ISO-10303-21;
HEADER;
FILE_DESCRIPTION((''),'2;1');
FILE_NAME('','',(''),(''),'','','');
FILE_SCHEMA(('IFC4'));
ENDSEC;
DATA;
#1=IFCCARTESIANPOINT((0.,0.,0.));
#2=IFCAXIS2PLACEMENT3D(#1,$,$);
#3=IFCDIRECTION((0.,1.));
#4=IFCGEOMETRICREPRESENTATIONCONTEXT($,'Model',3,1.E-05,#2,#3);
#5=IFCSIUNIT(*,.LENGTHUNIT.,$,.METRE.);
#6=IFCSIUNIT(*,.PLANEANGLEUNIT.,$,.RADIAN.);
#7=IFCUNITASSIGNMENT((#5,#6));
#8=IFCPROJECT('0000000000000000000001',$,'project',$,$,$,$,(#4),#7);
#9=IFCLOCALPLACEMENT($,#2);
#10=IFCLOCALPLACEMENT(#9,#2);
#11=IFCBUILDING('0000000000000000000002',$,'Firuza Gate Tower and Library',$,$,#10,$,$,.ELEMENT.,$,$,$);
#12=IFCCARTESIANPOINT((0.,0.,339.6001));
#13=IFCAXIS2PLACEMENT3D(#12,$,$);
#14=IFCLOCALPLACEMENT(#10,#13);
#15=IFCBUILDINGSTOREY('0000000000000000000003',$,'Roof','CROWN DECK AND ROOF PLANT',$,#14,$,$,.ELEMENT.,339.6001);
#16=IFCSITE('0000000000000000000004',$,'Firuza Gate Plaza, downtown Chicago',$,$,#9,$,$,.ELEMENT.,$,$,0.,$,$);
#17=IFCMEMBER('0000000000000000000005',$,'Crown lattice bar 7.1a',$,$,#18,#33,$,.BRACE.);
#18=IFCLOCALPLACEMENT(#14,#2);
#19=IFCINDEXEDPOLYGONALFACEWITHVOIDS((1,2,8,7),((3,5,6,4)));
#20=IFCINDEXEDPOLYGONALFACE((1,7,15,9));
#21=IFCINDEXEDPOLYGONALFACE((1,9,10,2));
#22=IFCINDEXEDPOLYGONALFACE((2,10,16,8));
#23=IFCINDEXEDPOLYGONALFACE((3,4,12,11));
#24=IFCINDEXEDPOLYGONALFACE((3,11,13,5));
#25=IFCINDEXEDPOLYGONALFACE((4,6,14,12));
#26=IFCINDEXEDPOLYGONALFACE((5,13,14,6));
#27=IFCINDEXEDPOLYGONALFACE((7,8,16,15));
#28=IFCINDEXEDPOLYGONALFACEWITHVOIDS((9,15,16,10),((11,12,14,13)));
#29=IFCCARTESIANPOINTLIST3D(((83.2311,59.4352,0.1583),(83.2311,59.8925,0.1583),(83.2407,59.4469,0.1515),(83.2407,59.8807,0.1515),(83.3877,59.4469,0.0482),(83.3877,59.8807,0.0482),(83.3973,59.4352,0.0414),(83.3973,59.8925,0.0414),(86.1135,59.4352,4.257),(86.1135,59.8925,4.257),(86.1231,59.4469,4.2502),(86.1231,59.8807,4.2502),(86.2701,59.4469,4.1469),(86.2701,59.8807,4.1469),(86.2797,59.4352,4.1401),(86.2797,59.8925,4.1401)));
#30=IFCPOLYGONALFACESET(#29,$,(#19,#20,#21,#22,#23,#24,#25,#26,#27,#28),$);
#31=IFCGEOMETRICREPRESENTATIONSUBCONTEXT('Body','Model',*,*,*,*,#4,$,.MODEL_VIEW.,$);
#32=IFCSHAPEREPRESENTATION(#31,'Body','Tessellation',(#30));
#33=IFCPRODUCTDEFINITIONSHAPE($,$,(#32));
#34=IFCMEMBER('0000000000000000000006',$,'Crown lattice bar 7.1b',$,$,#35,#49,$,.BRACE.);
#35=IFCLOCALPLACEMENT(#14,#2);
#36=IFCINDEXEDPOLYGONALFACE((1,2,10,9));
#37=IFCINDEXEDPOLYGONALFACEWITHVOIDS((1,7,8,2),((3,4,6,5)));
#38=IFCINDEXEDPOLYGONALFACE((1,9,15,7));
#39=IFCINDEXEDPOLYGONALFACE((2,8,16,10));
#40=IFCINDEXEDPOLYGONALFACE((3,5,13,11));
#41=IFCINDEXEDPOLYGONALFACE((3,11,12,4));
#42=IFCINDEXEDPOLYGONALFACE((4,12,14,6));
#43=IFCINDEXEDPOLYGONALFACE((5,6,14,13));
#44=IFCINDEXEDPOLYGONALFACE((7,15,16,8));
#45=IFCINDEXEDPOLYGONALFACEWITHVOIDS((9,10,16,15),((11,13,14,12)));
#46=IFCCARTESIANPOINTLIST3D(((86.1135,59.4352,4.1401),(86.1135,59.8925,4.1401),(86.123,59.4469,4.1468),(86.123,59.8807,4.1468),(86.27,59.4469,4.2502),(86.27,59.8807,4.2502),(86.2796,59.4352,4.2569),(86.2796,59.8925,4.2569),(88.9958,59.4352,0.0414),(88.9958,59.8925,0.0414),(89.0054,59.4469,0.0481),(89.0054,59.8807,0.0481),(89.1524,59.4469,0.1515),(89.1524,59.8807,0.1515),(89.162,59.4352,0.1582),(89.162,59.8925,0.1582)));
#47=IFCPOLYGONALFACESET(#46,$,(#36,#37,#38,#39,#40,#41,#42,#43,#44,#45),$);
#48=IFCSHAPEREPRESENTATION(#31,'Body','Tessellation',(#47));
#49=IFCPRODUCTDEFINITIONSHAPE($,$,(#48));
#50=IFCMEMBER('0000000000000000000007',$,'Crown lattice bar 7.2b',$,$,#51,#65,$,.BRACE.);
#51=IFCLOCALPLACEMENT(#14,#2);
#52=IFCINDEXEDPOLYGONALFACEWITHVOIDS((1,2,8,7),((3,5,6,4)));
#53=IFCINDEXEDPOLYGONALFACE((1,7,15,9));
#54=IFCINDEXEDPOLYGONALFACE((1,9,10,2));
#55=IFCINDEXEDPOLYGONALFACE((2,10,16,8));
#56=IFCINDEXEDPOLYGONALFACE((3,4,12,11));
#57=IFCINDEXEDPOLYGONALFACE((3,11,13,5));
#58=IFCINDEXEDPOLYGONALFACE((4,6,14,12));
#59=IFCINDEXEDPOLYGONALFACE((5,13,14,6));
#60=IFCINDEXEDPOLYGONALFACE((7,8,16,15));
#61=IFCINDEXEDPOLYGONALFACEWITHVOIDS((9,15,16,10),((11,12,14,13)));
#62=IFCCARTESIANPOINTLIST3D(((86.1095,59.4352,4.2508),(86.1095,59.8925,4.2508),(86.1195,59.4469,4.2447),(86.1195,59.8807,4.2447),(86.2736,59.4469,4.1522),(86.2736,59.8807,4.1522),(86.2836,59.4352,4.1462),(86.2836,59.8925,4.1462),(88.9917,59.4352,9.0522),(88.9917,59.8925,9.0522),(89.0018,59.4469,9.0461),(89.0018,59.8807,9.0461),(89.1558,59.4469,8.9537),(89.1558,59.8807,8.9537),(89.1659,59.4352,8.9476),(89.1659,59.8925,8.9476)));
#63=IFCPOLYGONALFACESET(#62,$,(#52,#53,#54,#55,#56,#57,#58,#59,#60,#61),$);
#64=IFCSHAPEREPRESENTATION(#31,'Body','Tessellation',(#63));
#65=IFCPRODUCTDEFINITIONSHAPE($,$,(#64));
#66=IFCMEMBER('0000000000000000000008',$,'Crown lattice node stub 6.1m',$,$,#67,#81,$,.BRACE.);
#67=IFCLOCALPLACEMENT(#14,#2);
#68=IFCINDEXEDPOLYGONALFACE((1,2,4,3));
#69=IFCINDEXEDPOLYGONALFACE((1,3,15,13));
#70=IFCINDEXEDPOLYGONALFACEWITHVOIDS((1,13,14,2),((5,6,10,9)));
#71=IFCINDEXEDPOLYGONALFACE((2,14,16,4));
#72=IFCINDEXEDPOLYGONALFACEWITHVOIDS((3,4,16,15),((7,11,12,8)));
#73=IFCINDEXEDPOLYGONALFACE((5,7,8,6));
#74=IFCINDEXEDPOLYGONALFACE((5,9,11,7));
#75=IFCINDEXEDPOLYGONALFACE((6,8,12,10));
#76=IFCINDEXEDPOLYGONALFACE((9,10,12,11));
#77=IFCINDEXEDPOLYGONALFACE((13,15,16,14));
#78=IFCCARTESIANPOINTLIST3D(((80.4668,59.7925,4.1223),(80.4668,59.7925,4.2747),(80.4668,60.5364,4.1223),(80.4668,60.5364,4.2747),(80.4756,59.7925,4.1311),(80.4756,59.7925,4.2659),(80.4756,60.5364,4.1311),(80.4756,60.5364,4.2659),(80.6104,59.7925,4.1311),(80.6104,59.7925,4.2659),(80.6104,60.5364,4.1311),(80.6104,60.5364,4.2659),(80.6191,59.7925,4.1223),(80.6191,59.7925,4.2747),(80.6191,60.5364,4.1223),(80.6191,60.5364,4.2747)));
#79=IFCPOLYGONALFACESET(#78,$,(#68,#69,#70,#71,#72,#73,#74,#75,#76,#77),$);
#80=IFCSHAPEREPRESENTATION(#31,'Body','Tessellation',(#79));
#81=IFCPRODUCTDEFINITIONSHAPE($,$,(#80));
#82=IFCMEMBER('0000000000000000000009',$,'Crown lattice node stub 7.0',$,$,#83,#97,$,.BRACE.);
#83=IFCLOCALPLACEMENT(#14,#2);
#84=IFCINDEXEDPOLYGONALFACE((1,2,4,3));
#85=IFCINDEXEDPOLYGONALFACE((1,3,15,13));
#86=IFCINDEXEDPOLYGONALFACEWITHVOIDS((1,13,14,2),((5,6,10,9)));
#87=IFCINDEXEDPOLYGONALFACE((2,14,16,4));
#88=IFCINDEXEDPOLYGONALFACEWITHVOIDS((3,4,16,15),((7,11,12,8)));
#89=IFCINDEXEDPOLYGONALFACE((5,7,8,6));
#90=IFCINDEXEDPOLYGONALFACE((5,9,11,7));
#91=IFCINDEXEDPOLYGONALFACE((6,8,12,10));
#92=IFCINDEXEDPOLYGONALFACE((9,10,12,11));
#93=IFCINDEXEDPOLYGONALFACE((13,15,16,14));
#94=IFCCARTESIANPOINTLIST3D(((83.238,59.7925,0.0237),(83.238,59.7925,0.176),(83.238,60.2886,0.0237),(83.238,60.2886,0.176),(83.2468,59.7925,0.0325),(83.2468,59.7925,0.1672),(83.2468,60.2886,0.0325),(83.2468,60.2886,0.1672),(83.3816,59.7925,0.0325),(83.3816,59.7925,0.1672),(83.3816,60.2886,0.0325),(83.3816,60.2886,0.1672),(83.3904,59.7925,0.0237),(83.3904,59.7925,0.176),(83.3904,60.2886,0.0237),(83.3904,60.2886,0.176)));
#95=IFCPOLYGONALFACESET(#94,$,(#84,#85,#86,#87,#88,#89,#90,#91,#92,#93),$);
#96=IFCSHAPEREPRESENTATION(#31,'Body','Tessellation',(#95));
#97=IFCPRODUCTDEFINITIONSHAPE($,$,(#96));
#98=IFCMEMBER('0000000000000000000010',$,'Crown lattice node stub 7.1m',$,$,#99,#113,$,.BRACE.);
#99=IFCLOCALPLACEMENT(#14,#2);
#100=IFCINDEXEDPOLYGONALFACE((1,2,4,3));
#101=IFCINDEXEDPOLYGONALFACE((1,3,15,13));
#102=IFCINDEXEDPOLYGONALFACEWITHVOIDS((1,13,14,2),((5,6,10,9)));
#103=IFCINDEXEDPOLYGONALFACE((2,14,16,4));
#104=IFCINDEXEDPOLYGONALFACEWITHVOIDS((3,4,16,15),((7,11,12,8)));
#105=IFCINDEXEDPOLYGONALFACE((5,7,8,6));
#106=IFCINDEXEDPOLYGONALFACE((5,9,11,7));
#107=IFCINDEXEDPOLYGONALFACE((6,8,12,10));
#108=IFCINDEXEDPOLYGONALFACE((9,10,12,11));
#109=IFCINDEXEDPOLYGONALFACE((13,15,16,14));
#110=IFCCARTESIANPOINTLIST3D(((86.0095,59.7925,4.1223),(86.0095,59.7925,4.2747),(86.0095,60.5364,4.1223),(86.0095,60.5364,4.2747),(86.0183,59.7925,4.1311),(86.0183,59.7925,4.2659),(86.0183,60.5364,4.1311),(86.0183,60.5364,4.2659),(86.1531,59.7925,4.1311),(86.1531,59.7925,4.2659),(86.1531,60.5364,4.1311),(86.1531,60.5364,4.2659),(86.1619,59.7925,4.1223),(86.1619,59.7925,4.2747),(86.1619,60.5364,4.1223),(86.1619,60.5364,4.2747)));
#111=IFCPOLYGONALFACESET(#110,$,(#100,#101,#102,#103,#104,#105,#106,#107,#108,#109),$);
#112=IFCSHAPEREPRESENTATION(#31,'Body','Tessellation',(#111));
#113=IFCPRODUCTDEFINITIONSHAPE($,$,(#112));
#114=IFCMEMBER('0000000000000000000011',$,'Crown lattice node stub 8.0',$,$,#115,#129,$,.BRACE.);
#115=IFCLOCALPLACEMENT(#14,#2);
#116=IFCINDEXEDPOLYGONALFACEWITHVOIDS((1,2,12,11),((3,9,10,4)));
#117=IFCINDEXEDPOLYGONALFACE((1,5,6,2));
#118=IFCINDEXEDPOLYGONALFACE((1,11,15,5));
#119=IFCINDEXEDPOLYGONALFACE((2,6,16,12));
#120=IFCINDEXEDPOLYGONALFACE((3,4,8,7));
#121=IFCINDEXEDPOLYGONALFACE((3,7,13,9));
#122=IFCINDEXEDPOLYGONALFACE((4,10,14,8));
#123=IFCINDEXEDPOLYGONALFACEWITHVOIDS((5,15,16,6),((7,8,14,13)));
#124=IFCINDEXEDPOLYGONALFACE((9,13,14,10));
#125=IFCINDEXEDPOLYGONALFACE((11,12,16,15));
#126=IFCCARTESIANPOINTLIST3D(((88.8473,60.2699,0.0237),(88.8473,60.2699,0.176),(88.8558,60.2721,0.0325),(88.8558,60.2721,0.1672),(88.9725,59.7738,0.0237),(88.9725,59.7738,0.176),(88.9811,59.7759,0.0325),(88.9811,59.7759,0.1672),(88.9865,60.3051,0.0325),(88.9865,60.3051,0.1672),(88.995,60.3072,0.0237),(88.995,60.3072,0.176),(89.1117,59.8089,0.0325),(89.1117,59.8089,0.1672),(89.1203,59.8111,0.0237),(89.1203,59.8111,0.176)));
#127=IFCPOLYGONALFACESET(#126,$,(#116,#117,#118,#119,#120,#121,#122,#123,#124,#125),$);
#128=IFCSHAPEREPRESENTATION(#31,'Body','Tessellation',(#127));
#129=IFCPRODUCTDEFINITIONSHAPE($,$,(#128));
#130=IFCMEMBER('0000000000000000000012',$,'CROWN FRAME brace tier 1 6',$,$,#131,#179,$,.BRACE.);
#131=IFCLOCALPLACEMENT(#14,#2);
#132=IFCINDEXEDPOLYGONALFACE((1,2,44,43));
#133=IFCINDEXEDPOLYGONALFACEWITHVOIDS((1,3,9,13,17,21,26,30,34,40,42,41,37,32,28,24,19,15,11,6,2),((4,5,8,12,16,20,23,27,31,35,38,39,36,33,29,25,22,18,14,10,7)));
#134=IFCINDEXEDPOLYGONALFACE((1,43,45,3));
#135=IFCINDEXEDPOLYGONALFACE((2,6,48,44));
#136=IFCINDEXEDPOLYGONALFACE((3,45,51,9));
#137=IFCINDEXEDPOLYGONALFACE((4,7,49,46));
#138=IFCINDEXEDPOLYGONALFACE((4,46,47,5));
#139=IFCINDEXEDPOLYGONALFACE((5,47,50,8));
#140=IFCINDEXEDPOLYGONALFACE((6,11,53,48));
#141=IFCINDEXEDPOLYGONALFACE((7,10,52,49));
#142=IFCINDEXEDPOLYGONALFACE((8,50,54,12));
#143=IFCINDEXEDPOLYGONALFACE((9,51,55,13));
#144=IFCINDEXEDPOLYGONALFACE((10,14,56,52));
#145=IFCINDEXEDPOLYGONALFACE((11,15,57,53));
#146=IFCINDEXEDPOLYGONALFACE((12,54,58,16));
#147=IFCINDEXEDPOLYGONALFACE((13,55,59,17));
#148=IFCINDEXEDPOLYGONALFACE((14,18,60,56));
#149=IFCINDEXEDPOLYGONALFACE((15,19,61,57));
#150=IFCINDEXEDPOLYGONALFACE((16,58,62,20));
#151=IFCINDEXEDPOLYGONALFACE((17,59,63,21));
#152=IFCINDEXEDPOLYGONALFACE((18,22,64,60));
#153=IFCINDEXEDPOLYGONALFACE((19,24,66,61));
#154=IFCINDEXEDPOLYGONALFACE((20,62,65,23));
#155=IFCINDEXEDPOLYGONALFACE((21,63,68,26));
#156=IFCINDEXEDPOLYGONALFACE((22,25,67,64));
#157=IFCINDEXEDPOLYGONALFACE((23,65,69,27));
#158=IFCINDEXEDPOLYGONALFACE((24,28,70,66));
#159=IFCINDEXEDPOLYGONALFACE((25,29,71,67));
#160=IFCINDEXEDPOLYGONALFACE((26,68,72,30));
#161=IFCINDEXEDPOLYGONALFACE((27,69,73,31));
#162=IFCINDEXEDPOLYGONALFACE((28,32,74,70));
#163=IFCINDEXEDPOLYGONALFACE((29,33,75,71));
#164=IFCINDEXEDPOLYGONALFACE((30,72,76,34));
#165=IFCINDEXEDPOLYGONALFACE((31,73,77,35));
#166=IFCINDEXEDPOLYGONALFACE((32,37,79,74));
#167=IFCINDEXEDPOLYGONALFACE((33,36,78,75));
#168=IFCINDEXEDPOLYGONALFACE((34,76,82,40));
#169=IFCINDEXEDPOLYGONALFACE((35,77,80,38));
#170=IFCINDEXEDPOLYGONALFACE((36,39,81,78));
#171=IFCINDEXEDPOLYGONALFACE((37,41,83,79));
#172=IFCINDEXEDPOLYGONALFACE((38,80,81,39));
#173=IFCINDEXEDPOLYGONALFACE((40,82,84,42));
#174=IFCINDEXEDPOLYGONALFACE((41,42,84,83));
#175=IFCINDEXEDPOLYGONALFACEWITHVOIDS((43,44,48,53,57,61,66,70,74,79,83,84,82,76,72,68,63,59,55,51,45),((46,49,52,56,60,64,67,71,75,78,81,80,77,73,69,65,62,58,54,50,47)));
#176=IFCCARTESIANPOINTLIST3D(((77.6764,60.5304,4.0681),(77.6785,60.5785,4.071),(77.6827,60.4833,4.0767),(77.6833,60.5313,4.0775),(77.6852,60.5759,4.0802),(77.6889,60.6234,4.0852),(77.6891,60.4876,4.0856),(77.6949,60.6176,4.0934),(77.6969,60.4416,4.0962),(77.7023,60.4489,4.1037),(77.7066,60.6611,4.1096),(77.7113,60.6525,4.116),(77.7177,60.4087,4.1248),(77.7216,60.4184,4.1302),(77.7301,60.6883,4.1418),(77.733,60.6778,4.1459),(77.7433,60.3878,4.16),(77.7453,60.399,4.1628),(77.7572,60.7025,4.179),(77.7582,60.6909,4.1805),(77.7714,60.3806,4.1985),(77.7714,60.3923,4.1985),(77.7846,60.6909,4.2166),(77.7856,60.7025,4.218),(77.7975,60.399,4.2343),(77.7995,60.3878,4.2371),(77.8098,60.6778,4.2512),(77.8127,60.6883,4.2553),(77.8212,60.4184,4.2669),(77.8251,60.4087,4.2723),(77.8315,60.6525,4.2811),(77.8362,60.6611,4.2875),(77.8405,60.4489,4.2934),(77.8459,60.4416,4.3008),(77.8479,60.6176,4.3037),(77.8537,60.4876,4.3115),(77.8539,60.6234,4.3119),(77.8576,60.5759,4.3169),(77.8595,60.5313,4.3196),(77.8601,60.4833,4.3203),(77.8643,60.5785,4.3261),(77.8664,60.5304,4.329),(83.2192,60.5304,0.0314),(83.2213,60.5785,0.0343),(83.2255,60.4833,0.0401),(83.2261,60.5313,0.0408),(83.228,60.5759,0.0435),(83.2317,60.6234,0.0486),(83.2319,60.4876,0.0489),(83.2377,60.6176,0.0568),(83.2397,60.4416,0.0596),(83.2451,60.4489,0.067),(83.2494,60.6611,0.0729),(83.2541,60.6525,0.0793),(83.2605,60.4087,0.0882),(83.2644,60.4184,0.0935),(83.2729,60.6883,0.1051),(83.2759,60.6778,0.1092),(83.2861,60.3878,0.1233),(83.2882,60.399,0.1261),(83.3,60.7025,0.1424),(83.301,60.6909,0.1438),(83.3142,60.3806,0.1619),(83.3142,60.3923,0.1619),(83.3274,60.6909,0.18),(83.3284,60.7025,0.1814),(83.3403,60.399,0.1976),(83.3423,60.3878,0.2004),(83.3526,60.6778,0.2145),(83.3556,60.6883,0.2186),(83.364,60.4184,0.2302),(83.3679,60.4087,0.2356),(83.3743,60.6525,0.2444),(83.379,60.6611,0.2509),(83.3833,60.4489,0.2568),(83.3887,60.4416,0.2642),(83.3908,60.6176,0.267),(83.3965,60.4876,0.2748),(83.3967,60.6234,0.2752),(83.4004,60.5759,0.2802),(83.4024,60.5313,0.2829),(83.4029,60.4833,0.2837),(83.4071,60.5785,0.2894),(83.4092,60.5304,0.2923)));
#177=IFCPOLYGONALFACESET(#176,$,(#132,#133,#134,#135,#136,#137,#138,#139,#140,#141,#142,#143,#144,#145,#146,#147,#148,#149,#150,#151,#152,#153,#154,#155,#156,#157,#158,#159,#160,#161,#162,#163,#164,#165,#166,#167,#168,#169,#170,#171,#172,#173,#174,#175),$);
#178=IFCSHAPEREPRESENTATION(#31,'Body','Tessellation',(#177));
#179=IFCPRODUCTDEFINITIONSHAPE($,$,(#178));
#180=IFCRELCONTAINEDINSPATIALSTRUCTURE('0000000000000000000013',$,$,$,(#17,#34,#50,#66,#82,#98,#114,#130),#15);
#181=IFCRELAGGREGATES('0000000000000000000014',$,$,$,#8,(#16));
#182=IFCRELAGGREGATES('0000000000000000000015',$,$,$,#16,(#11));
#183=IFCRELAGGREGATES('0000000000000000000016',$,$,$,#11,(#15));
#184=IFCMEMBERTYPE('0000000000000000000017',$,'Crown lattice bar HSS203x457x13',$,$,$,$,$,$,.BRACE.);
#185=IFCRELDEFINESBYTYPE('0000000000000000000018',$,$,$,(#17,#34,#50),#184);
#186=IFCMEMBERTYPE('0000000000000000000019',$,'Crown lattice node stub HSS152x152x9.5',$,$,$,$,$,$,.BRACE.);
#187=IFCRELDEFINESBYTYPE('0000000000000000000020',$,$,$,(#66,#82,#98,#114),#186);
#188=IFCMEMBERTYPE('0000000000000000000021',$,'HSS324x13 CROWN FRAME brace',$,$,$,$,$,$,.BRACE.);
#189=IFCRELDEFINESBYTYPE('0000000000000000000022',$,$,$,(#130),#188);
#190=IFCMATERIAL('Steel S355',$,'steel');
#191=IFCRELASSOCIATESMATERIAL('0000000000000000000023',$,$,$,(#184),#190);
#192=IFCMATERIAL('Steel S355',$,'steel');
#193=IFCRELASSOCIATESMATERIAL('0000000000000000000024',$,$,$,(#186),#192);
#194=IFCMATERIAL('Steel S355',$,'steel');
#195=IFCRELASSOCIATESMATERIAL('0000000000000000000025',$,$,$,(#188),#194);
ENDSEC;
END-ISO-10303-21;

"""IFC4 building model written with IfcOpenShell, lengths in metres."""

from ifc_helpers import new_model, si_unit, direction, frame, origin, origin_2d, place, context, subcontext, project, spatial, hollow_rectangle, hollow_circle, extrude, material, material_profile, profile_set, type_object, element, save


model = new_model("IFC4")

# Units and contexts
model_context = context("Model", 3, precision=1e-05, world=origin(), true_north=direction((0.0, 1.0)))
body_context = subcontext(model_context, "Body", "Model", "MODEL_VIEW")
ifc_project = project(units=[si_unit("LENGTHUNIT", "METRE"), si_unit("PLANEANGLEUNIT", "RADIAN")], contexts=[model_context])

# Site, building, storey
site_placement = place(None, origin())
site = spatial("IfcSite", under=ifc_project, at=site_placement, Name="Firuza Gate Plaza, downtown Chicago", CompositionType="ELEMENT", RefElevation=0.0)
building_placement = place(site_placement, origin())
building = spatial("IfcBuilding", under=site, at=building_placement, Name="Firuza Gate Tower and Library", CompositionType="ELEMENT")
storey_placement = place(building_placement, frame((0.0, 0.0, 339.6001)))
storey = spatial("IfcBuildingStorey", under=building, at=storey_placement, Name="Roof", Description="CROWN DECK AND ROOF PLANT", CompositionType="ELEMENT", Elevation=339.6001)

# Members
ifc_material_1 = material(Name="Steel S355", Category="steel")
ifc_material_profile_1 = material_profile(ifc_material_1, hollow_rectangle(XDim=0.4573, YDim=0.2031, WallThickness=0.0117, at=origin_2d()))
ifc_profile_set_1 = profile_set([ifc_material_profile_1], Name="Steel S355")
member_type_1 = type_object("IfcMemberType", Name="Crown lattice bar HSS203x457x13", PredefinedType="BRACE", material=ifc_profile_set_1)
for number, where, z_axis, x_axis, name in (
    (1, (83.3142, 59.6638, 0.0999), (0.57524, 0.0, 0.817985), (0.0, 1.0, 0.0), "Crown lattice bar 7.1a"),
    (2, (86.1965, 59.6638, 4.1985), (0.57524, 0.0, -0.817985), (0.0, 1.0, 0.0), "Crown lattice bar 7.1b"),
):
    element("IfcMember", number, at=place(storey_placement, frame(where, z_axis=z_axis, x_axis=x_axis)), inside=storey, type_object=member_type_1, Name=name, PredefinedType="BRACE", context=body_context, shape_type="SweptSolid", body=[
        extrude(hollow_rectangle(XDim=0.4573, YDim=0.2031, WallThickness=0.0117, at=origin_2d()), origin(), (0.0, 0.0, 1.0), 5.0107),
    ])
member_1_placement = place(storey_placement, frame((86.1965, 59.6638, 4.1985), z_axis=(0.514682, 0.0, 0.857381), x_axis=(0.0, 1.0, 0.0)))
element("IfcMember", 3, at=member_1_placement, inside=storey, type_object=member_type_1, Name="Crown lattice bar 7.2b", PredefinedType="BRACE", context=body_context, shape_type="SweptSolid", body=[
    extrude(hollow_rectangle(XDim=0.4573, YDim=0.2031, WallThickness=0.0117, at=origin_2d()), origin(), (0.0, 0.0, 1.0), 5.6001),
])
ifc_material_2 = material(Name="Steel S355", Category="steel")
ifc_material_profile_2 = material_profile(ifc_material_2, hollow_rectangle(XDim=0.1523, YDim=0.1523, WallThickness=0.0088, at=origin_2d()))
ifc_profile_set_2 = profile_set([ifc_material_profile_2], Name="Steel S355")
member_type_2 = type_object("IfcMemberType", Name="Crown lattice node stub HSS152x152x9.5", PredefinedType="BRACE", material=ifc_profile_set_2)
member_2_placement = place(storey_placement, frame((80.543, 60.5364, 4.1985), z_axis=(0.0, -1.0, 0.0), x_axis=(1.0, 0.0, 0.0)))
element("IfcMember", 4, at=member_2_placement, inside=storey, type_object=member_type_2, Name="Crown lattice node stub 6.1m", PredefinedType="BRACE", context=body_context, shape_type="SweptSolid", body=[
    extrude(hollow_rectangle(XDim=0.1523, YDim=0.1523, WallThickness=0.0088, at=origin_2d()), origin(), (0.0, 0.0, 1.0), 0.7439),
])
member_3_placement = place(storey_placement, frame((83.3142, 60.2886, 0.0999), z_axis=(0.0, -1.0, 0.0), x_axis=(1.0, 0.0, 0.0)))
element("IfcMember", 5, at=member_3_placement, inside=storey, type_object=member_type_2, Name="Crown lattice node stub 7.0", PredefinedType="BRACE", context=body_context, shape_type="SweptSolid", body=[
    extrude(hollow_rectangle(XDim=0.1523, YDim=0.1523, WallThickness=0.0088, at=origin_2d()), origin(), (0.0, 0.0, 1.0), 0.4961),
])
member_4_placement = place(storey_placement, frame((86.0857, 60.5364, 4.1985), z_axis=(0.0, -1.0, 0.0), x_axis=(1.0, 0.0, 0.0)))
element("IfcMember", 6, at=member_4_placement, inside=storey, type_object=member_type_2, Name="Crown lattice node stub 7.1m", PredefinedType="BRACE", context=body_context, shape_type="SweptSolid", body=[
    extrude(hollow_rectangle(XDim=0.1523, YDim=0.1523, WallThickness=0.0088, at=origin_2d()), origin(), (0.0, 0.0, 1.0), 0.7439),
])
member_5_placement = place(storey_placement, frame((88.9211, 60.2886, 0.0999), z_axis=(0.24478, -0.969579, 0.0), x_axis=(0.969579, 0.24478, 0.0)))
element("IfcMember", 7, at=member_5_placement, inside=storey, type_object=member_type_2, Name="Crown lattice node stub 8.0", PredefinedType="BRACE", context=body_context, shape_type="SweptSolid", body=[
    extrude(hollow_rectangle(XDim=0.1523, YDim=0.1523, WallThickness=0.0088, at=origin_2d()), origin(), (0.0, 0.0, 1.0), 0.5117),
])
ifc_material_3 = material(Name="Steel S355", Category="steel")
ifc_material_profile_3 = material_profile(ifc_material_3, hollow_circle(Radius=0.1619, WallThickness=0.0117, at=origin_2d()))
ifc_profile_set_3 = profile_set([ifc_material_profile_3], Name="Steel S355")
member_type_3 = type_object("IfcMemberType", Name="HSS324x13 CROWN FRAME brace", PredefinedType="BRACE", material=ifc_profile_set_3)
for number, where, z_axis, x_axis, name in (
    (8, (83.3142, 60.5425, 0.1619), (-0.808351, 0.0, 0.588701), (0.0, -1.0, 0.0), "CROWN FRAME brace tier 1 6"),
):
    element("IfcMember", number, at=place(storey_placement, frame(where, z_axis=z_axis, x_axis=x_axis)), inside=storey, type_object=member_type_3, Name=name, PredefinedType="BRACE", context=body_context, shape_type="SweptSolid", body=[
        extrude(hollow_circle(Radius=0.1619, WallThickness=0.0117, at=origin_2d()), origin(), (0.0, 0.0, 1.0), 6.8569),
    ])

save(model, "model.ifc")
